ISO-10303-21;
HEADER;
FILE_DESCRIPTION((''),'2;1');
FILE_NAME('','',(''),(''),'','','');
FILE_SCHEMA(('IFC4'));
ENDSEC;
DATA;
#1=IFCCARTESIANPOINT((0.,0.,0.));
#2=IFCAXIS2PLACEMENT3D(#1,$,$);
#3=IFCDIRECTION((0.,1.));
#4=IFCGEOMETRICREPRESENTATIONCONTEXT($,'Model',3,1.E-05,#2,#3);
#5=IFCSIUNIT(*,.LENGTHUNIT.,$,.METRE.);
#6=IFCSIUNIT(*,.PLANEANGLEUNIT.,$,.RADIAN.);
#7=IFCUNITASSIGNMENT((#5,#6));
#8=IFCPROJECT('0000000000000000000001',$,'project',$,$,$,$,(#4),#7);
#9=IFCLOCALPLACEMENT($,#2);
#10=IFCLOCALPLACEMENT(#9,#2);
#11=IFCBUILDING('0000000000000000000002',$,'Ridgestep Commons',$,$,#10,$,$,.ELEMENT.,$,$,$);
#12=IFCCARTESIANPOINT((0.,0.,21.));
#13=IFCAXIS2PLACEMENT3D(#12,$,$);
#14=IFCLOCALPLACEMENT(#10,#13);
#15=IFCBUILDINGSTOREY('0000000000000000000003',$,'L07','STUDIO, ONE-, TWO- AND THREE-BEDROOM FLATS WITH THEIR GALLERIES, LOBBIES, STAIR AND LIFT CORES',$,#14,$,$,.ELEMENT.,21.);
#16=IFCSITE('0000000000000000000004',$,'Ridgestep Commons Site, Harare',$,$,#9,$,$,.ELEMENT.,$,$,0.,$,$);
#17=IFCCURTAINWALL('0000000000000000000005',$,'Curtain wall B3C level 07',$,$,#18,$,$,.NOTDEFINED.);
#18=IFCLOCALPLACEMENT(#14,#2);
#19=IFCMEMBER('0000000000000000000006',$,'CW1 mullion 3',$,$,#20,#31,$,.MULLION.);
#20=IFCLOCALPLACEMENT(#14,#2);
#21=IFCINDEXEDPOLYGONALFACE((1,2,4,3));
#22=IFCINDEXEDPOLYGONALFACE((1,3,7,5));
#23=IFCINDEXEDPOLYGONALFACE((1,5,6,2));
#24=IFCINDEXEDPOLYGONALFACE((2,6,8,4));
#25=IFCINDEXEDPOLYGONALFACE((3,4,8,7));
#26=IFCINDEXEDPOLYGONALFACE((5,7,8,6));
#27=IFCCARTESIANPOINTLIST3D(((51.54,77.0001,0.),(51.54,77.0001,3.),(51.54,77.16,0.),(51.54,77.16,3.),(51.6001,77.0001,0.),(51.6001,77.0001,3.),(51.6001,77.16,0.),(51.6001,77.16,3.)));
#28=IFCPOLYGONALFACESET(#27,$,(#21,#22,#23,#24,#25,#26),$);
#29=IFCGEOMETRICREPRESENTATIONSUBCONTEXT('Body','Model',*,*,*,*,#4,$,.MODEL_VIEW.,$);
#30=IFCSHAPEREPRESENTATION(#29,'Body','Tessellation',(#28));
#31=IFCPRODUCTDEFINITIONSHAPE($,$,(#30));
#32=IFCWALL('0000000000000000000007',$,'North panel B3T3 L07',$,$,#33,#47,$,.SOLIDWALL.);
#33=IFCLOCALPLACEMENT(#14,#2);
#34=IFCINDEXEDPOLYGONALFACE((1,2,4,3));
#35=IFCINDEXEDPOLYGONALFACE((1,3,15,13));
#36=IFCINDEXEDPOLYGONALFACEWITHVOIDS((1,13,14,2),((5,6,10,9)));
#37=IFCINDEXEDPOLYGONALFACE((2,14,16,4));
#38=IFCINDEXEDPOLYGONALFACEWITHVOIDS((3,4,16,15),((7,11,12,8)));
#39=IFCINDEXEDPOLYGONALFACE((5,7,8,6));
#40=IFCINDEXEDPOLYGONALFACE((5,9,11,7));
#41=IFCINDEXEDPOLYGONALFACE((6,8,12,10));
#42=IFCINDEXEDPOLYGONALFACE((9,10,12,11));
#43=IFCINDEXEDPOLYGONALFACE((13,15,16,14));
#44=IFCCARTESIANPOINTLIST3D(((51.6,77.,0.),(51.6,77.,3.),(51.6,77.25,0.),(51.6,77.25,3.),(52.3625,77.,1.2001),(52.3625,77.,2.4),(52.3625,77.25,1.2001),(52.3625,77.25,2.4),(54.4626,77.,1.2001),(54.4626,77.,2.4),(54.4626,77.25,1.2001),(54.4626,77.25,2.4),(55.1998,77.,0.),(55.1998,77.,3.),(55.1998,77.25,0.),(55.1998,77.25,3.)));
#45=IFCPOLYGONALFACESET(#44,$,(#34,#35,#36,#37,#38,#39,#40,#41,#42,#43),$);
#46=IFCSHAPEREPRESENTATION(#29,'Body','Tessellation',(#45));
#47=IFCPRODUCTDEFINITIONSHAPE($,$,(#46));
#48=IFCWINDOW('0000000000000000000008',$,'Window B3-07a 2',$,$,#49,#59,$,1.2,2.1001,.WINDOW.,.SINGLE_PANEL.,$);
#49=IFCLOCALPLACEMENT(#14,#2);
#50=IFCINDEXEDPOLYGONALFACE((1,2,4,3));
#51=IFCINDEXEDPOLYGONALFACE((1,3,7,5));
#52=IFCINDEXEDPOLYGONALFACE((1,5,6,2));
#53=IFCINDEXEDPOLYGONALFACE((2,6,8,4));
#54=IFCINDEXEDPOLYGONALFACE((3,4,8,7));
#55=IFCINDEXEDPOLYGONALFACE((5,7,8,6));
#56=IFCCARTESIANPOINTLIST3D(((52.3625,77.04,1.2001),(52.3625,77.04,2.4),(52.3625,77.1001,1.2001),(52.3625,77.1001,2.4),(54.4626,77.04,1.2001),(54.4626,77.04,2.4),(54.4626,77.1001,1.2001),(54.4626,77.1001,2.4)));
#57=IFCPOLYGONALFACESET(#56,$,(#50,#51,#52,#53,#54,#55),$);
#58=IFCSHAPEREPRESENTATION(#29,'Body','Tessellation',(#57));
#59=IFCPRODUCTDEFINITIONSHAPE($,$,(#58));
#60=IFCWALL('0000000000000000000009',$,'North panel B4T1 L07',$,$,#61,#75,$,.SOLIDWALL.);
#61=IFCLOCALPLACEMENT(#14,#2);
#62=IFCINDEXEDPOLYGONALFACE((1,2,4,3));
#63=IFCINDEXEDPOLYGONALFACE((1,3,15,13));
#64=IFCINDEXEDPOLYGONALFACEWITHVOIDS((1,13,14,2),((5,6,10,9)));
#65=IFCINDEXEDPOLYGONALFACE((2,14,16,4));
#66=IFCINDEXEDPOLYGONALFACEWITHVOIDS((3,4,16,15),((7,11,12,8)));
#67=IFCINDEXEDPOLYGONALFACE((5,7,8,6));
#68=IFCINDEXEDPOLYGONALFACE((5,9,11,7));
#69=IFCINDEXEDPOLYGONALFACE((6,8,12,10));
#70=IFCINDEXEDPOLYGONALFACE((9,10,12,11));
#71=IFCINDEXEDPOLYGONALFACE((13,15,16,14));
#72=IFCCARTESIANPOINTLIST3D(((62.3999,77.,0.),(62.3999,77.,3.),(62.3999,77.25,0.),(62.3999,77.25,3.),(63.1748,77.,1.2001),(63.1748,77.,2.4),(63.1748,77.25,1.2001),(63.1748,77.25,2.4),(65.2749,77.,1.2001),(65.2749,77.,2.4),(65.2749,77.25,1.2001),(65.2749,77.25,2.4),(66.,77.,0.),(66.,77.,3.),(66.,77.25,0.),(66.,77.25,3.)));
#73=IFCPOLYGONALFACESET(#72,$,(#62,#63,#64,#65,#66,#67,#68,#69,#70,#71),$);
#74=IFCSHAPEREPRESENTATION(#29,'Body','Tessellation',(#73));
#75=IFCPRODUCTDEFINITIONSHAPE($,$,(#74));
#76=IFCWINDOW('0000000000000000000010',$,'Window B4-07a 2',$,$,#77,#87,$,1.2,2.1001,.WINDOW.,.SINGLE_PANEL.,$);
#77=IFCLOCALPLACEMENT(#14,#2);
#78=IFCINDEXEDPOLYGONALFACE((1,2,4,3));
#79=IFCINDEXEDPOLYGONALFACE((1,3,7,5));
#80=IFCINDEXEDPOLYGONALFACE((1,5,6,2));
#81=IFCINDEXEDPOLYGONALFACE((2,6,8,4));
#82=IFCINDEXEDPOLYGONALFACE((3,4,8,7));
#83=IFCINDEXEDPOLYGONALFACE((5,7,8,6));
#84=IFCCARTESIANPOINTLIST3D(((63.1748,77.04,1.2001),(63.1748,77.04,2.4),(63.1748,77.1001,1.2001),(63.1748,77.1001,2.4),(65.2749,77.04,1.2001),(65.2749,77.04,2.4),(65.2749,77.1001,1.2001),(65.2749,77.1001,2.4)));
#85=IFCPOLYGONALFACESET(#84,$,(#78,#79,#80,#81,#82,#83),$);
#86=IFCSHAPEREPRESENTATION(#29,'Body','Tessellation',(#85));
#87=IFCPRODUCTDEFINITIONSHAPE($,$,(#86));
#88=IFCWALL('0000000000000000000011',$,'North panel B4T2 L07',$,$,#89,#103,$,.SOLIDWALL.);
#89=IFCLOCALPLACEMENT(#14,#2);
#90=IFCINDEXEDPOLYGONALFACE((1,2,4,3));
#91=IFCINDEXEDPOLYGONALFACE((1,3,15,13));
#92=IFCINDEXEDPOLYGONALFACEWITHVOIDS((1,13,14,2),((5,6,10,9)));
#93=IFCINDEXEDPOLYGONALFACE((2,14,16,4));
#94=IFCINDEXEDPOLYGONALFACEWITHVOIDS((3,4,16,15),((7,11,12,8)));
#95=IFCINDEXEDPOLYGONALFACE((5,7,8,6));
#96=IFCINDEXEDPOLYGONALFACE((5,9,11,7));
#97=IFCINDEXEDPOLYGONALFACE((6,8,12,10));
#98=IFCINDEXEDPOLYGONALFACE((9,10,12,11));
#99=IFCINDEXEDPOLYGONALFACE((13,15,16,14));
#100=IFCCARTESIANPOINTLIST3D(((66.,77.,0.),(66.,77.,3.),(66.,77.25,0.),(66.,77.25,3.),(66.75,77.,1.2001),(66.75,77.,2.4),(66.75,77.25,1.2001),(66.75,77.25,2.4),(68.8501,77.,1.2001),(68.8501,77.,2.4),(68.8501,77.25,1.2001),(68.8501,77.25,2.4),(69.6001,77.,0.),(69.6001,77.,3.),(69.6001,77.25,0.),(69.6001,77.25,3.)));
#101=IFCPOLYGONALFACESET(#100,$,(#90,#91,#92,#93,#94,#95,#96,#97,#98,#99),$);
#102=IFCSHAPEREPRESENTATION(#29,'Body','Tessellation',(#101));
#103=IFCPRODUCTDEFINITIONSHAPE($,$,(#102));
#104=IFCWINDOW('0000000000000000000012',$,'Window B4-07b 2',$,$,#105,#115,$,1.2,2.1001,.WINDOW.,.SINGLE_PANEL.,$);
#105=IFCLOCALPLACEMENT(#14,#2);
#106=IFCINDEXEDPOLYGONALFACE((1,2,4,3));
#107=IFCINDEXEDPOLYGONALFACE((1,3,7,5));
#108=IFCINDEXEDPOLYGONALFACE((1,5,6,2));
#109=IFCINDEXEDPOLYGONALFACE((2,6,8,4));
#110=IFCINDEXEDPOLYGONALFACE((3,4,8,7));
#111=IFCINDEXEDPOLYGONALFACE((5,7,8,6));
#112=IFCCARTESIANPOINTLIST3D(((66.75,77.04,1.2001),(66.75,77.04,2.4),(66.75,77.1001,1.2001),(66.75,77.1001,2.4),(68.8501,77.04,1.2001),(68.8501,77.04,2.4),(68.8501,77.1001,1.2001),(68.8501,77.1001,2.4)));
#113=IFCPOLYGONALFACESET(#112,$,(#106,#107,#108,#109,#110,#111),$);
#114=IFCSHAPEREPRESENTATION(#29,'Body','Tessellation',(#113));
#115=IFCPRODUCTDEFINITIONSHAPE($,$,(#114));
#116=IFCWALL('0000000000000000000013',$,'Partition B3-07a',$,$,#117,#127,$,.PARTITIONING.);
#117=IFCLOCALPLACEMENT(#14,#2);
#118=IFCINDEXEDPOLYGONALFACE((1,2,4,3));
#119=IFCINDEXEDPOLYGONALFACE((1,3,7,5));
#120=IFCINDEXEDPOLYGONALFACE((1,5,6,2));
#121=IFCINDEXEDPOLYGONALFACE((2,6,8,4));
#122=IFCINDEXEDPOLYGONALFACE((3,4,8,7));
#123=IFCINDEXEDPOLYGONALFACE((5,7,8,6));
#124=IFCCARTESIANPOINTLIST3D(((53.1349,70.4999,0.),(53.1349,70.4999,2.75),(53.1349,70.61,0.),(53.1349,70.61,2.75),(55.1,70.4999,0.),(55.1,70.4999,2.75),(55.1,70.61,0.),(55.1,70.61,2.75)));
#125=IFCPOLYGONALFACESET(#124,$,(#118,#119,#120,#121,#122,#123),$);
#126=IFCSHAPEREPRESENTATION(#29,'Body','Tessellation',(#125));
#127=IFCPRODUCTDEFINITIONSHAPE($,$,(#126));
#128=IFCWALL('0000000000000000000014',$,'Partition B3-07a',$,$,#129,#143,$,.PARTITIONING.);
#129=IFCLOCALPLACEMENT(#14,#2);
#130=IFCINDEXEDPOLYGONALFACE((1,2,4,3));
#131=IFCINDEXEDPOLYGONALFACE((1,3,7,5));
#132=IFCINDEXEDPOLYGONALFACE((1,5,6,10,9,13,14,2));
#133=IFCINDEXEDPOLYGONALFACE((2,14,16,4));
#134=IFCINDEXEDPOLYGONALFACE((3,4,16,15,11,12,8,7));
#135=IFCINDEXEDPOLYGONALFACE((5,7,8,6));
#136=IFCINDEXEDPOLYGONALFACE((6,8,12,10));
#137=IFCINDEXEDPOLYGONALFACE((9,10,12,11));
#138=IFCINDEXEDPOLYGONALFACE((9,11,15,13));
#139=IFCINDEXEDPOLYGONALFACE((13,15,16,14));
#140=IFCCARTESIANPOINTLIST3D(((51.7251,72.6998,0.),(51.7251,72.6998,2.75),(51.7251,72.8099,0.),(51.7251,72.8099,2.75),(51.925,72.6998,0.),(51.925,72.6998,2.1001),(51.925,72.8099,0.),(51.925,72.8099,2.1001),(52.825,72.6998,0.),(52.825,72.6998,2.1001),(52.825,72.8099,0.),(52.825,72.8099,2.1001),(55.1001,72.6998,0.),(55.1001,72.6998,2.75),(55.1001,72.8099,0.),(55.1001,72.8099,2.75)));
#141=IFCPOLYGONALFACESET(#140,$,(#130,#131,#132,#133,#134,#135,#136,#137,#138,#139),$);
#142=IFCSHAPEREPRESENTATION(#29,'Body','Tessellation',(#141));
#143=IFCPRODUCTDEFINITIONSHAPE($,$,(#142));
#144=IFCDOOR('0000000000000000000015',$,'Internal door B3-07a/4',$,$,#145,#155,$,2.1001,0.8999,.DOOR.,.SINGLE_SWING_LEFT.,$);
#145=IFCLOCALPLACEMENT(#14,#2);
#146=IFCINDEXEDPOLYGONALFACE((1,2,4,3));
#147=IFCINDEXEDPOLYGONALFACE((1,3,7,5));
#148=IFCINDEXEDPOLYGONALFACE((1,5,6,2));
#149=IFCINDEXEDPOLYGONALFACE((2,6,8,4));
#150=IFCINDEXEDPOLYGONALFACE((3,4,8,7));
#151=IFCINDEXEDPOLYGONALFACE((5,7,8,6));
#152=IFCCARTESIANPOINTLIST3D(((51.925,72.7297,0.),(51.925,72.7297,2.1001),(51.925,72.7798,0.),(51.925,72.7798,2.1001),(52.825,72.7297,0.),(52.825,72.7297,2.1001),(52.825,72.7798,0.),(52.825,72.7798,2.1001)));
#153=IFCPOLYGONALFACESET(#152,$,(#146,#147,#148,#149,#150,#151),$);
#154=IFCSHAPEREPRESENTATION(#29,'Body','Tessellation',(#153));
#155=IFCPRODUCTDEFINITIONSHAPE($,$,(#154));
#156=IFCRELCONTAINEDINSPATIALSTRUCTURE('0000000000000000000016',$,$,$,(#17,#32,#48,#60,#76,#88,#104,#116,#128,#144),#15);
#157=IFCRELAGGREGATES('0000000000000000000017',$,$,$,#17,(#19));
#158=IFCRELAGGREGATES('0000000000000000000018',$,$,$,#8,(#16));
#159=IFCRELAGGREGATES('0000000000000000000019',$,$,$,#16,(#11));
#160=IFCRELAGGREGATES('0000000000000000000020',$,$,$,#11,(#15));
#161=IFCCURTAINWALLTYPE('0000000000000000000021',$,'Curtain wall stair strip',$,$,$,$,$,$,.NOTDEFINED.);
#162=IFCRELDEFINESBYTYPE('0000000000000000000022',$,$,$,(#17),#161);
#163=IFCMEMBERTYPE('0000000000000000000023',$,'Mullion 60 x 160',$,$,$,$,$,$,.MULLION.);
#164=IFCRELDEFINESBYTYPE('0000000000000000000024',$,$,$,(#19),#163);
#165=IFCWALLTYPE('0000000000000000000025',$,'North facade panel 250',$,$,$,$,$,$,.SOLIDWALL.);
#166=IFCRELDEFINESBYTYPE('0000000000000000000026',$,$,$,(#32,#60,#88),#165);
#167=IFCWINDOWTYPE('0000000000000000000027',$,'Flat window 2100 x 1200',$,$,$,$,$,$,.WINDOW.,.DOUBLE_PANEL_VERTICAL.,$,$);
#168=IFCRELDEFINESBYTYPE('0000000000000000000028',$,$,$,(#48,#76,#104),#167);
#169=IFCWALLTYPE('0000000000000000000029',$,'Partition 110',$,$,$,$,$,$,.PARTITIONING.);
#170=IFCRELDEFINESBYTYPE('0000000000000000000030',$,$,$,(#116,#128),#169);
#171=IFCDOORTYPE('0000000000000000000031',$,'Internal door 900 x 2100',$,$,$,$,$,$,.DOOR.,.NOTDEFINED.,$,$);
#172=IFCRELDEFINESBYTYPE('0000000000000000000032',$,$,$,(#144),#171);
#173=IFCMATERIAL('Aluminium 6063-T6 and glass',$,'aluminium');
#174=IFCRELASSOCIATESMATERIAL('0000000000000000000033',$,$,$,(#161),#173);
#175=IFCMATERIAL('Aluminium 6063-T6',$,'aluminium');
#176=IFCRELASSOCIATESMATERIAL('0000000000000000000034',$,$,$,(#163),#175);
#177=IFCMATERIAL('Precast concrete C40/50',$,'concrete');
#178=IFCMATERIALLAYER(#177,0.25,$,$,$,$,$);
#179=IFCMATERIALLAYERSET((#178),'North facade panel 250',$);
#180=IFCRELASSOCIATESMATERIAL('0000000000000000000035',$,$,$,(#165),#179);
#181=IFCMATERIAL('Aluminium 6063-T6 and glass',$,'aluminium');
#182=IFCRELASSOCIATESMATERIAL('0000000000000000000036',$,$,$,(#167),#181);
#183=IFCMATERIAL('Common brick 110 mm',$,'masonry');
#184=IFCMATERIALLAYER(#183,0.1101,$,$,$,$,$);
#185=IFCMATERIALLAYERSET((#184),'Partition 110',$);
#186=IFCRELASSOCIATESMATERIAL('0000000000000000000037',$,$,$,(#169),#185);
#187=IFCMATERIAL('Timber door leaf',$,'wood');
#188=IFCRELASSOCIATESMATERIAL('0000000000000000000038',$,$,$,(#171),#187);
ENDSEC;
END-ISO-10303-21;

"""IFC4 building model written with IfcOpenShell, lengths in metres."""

from ifc_helpers import new_model, si_unit, direction, frame, frame_2d, origin, origin_2d, place, context, subcontext, project, spatial, rectangle, extrude, material, layer, layer_set, material_profile, profile_set, type_object, element, fill, aggregate, save


model = new_model("IFC4")

# Units and contexts
model_context = context("Model", 3, precision=1e-05, world=origin(), true_north=direction((0.0, 1.0)))
body_context = subcontext(model_context, "Body", "Model", "MODEL_VIEW")
ifc_project = project(units=[si_unit("LENGTHUNIT", "METRE"), si_unit("PLANEANGLEUNIT", "RADIAN")], contexts=[model_context])

# Site, building, storey
site_placement = place(None, origin())
site = spatial("IfcSite", under=ifc_project, at=site_placement, Name="Ridgestep Commons Site, Harare", CompositionType="ELEMENT", RefElevation=0.0)
building_placement = place(site_placement, origin())
building = spatial("IfcBuilding", under=site, at=building_placement, Name="Ridgestep Commons", CompositionType="ELEMENT")
storey_placement = place(building_placement, frame((0.0, 0.0, 21.0)))
storey = spatial("IfcBuildingStorey", under=building, at=storey_placement, Name="L07", Description="STUDIO, ONE-, TWO- AND THREE-BEDROOM FLATS WITH THEIR GALLERIES, LOBBIES, STAIR AND LIFT CORES", CompositionType="ELEMENT", Elevation=21.0)

# Curtain wall, member
ifc_material_1 = material(Name="Aluminium 6063-T6 and glass", Category="aluminium")
curtain_wall_type = type_object("IfcCurtainWallType", Name="Curtain wall stair strip", PredefinedType="NOTDEFINED", material=ifc_material_1)
curtain_wall_placement = place(storey_placement, origin())
curtain_wall = element("IfcCurtainWall", 1, at=curtain_wall_placement, inside=storey, type_object=curtain_wall_type, Name="Curtain wall B3C level 07", PredefinedType="NOTDEFINED")
ifc_material_2 = material(Name="Aluminium 6063-T6", Category="aluminium")
ifc_material_profile = material_profile(ifc_material_2, rectangle(XDim=0.1599, YDim=0.0601, at=origin_2d()), Name="Mullion 60 x 160")
ifc_profile_set = profile_set([ifc_material_profile], Name="Aluminium 6063-T6")
member_type = type_object("IfcMemberType", Name="Mullion 60 x 160", PredefinedType="MULLION", material=ifc_profile_set)
member_placement = place(storey_placement, frame((51.5701, 77.0801, 0.0), z_axis=(0.0, 0.0, 1.0), x_axis=(0.0, 1.0, 0.0)))
member = element("IfcMember", 2, at=member_placement, type_object=member_type, Name="CW1 mullion 3", PredefinedType="MULLION", context=body_context, shape_type="SweptSolid", body=[
    extrude(rectangle(XDim=0.1599, YDim=0.0601, at=origin_2d()), origin(), (0.0, 0.0, 1.0), 3.0),
])
aggregate(curtain_wall, [member])

# Walls, openings, windows
ifc_material_3 = material(Name="Precast concrete C40/50", Category="concrete")
ifc_layer_1 = layer(ifc_material_3, 0.25)
ifc_layer_set_1 = layer_set([ifc_layer_1], Name="North facade panel 250")
wall_type_1 = type_object("IfcWallType", Name="North facade panel 250", PredefinedType="SOLIDWALL", material=ifc_layer_set_1)
wall_1_placement = place(storey_placement, frame((51.6001, 77.125, 0.0), z_axis=(0.0, 0.0, 1.0), x_axis=(1.0, 0.0, 0.0)))
wall_1 = element("IfcWall", 3, at=wall_1_placement, inside=storey, type_object=wall_type_1, Name="North panel B3T3 L07", PredefinedType="SOLIDWALL", context=body_context, shape_type="SweptSolid", body=[
    extrude(rectangle(XDim=3.5999, YDim=0.25, at=frame_2d((1.7998, 0.0))), origin(), (0.0, 0.0, 1.0), 3.0),
])
opening_1_placement = place(wall_1_placement, frame((0.7625, 0.0, 1.2)))
opening_1 = element("IfcOpeningElement", 4, at=opening_1_placement, cuts=wall_1, PredefinedType="OPENING", context=body_context, shape_type="SweptSolid", body=[
    extrude(rectangle(XDim=2.1001, YDim=1.2, at=frame_2d((1.05, 0.6001))), frame((0.0, 0.135, 0.0), z_axis=(0.0, -1.0, 0.0), x_axis=(1.0, 0.0, 0.0)), (0.0, 0.0, 1.0), 0.27),
])
ifc_material_4 = material(Name="Aluminium 6063-T6 and glass", Category="aluminium")
window_type = type_object("IfcWindowType", Name="Flat window 2100 x 1200", PartitioningType="DOUBLE_PANEL_VERTICAL", PredefinedType="WINDOW", material=ifc_material_4)
window_1_placement = place(opening_1_placement, origin())
window_1 = element("IfcWindow", 5, at=window_1_placement, inside=storey, type_object=window_type, Name="Window B3-07a 2", OverallHeight=1.2, OverallWidth=2.1001, PartitioningType="SINGLE_PANEL", PredefinedType="WINDOW", context=body_context, shape_type="SweptSolid", body=[
    extrude(rectangle(XDim=2.1001, YDim=1.2, at=frame_2d((1.05, 0.6001))), frame((0.0, -0.0249, 0.0), z_axis=(0.0, -1.0, 0.0), x_axis=(1.0, 0.0, 0.0)), (0.0, 0.0, 1.0), 0.0601),
])
fill(opening_1, window_1)
wall_2_placement = place(storey_placement, frame((62.3999, 77.125, 0.0), z_axis=(0.0, 0.0, 1.0), x_axis=(1.0, 0.0, 0.0)))
wall_2 = element("IfcWall", 6, at=wall_2_placement, inside=storey, type_object=wall_type_1, Name="North panel B4T1 L07", PredefinedType="SOLIDWALL", context=body_context, shape_type="SweptSolid", body=[
    extrude(rectangle(XDim=3.6001, YDim=0.25, at=frame_2d((1.8, 0.0))), origin(), (0.0, 0.0, 1.0), 3.0),
])
opening_2_placement = place(wall_2_placement, frame((0.7749, 0.0, 1.2)))
opening_2 = element("IfcOpeningElement", 7, at=opening_2_placement, cuts=wall_2, PredefinedType="OPENING", context=body_context, shape_type="SweptSolid", body=[
    extrude(rectangle(XDim=2.1001, YDim=1.2, at=frame_2d((1.05, 0.6001))), frame((0.0, 0.135, 0.0), z_axis=(0.0, -1.0, 0.0), x_axis=(1.0, 0.0, 0.0)), (0.0, 0.0, 1.0), 0.27),
])
window_2_placement = place(opening_2_placement, origin())
window_2 = element("IfcWindow", 8, at=window_2_placement, inside=storey, type_object=window_type, Name="Window B4-07a 2", OverallHeight=1.2, OverallWidth=2.1001, PartitioningType="SINGLE_PANEL", PredefinedType="WINDOW", context=body_context, shape_type="SweptSolid", body=[
    extrude(rectangle(XDim=2.1001, YDim=1.2, at=frame_2d((1.05, 0.6001))), frame((0.0, -0.0249, 0.0), z_axis=(0.0, -1.0, 0.0), x_axis=(1.0, 0.0, 0.0)), (0.0, 0.0, 1.0), 0.0601),
])
fill(opening_2, window_2)
wall_3_placement = place(storey_placement, frame((66.0, 77.125, 0.0), z_axis=(0.0, 0.0, 1.0), x_axis=(1.0, 0.0, 0.0)))
wall_3 = element("IfcWall", 9, at=wall_3_placement, inside=storey, type_object=wall_type_1, Name="North panel B4T2 L07", PredefinedType="SOLIDWALL", context=body_context, shape_type="SweptSolid", body=[
    extrude(rectangle(XDim=3.6001, YDim=0.25, at=frame_2d((1.8, 0.0))), origin(), (0.0, 0.0, 1.0), 3.0),
])
opening_3_placement = place(wall_3_placement, frame((0.75, 0.0, 1.2)))
opening_3 = element("IfcOpeningElement", 10, at=opening_3_placement, cuts=wall_3, PredefinedType="OPENING", context=body_context, shape_type="SweptSolid", body=[
    extrude(rectangle(XDim=2.1001, YDim=1.2, at=frame_2d((1.05, 0.6001))), frame((0.0, 0.135, 0.0), z_axis=(0.0, -1.0, 0.0), x_axis=(1.0, 0.0, 0.0)), (0.0, 0.0, 1.0), 0.27),
])
window_3_placement = place(opening_3_placement, origin())
window_3 = element("IfcWindow", 11, at=window_3_placement, inside=storey, type_object=window_type, Name="Window B4-07b 2", OverallHeight=1.2, OverallWidth=2.1001, PartitioningType="SINGLE_PANEL", PredefinedType="WINDOW", context=body_context, shape_type="SweptSolid", body=[
    extrude(rectangle(XDim=2.1001, YDim=1.2, at=frame_2d((1.05, 0.6001))), frame((0.0, -0.0249, 0.0), z_axis=(0.0, -1.0, 0.0), x_axis=(1.0, 0.0, 0.0)), (0.0, 0.0, 1.0), 0.0601),
])
fill(opening_3, window_3)

# Wall
ifc_material_5 = material(Name="Common brick 110 mm", Category="masonry")
ifc_layer_2 = layer(ifc_material_5, 0.1101)
ifc_layer_set_2 = layer_set([ifc_layer_2], Name="Partition 110")
wall_type_2 = type_object("IfcWallType", Name="Partition 110", PredefinedType="PARTITIONING", material=ifc_layer_set_2)
wall_4_placement = place(storey_placement, frame((53.135, 70.5549, 0.0), z_axis=(0.0, 0.0, 1.0), x_axis=(1.0, 0.0, 0.0)))
element("IfcWall", 12, at=wall_4_placement, inside=storey, type_object=wall_type_2, Name="Partition B3-07a", PredefinedType="PARTITIONING", context=body_context, shape_type="SweptSolid", body=[
    extrude(rectangle(XDim=1.9651, YDim=0.1101, at=frame_2d((0.9824, 0.0))), origin(), (0.0, 0.0, 1.0), 2.75),
])

# Wall, opening, door
wall_5_placement = place(storey_placement, frame((51.7251, 72.7549, 0.0), z_axis=(0.0, 0.0, 1.0), x_axis=(1.0, 0.0, 0.0)))
wall_5 = element("IfcWall", 13, at=wall_5_placement, inside=storey, type_object=wall_type_2, Name="Partition B3-07a", PredefinedType="PARTITIONING", context=body_context, shape_type="SweptSolid", body=[
    extrude(rectangle(XDim=3.375, YDim=0.1101, at=frame_2d((1.6875, 0.0))), origin(), (0.0, 0.0, 1.0), 2.75),
])
opening_4_placement = place(wall_5_placement, frame((0.2, 0.0, 0.0)))
opening_4 = element("IfcOpeningElement", 14, at=opening_4_placement, cuts=wall_5, PredefinedType="OPENING", context=body_context, shape_type="SweptSolid", body=[
    extrude(rectangle(XDim=0.8999, YDim=2.1001, at=frame_2d((0.45, 1.05))), frame((0.0, 0.0649, 0.0), z_axis=(0.0, -1.0, 0.0), x_axis=(1.0, 0.0, 0.0)), (0.0, 0.0, 1.0), 0.1301),
])
ifc_material_6 = material(Name="Timber door leaf", Category="wood")
door_type = type_object("IfcDoorType", Name="Internal door 900 x 2100", OperationType="NOTDEFINED", PredefinedType="DOOR", material=ifc_material_6)
door_1_placement = place(opening_4_placement, origin())
door_1 = element("IfcDoor", 15, at=door_1_placement, inside=storey, type_object=door_type, Name="Internal door B3-07a/4", OperationType="SINGLE_SWING_LEFT", OverallHeight=2.1001, OverallWidth=0.8999, PredefinedType="DOOR", context=body_context, shape_type="SweptSolid", body=[
    extrude(rectangle(XDim=0.8999, YDim=2.1001, at=frame_2d((0.45, 1.05))), frame((0.0, 0.0249, 0.0), z_axis=(0.0, -1.0, 0.0), x_axis=(1.0, 0.0, 0.0)), (0.0, 0.0, 1.0), 0.05),
])
fill(opening_4, door_1)

save(model, "model.ifc")
